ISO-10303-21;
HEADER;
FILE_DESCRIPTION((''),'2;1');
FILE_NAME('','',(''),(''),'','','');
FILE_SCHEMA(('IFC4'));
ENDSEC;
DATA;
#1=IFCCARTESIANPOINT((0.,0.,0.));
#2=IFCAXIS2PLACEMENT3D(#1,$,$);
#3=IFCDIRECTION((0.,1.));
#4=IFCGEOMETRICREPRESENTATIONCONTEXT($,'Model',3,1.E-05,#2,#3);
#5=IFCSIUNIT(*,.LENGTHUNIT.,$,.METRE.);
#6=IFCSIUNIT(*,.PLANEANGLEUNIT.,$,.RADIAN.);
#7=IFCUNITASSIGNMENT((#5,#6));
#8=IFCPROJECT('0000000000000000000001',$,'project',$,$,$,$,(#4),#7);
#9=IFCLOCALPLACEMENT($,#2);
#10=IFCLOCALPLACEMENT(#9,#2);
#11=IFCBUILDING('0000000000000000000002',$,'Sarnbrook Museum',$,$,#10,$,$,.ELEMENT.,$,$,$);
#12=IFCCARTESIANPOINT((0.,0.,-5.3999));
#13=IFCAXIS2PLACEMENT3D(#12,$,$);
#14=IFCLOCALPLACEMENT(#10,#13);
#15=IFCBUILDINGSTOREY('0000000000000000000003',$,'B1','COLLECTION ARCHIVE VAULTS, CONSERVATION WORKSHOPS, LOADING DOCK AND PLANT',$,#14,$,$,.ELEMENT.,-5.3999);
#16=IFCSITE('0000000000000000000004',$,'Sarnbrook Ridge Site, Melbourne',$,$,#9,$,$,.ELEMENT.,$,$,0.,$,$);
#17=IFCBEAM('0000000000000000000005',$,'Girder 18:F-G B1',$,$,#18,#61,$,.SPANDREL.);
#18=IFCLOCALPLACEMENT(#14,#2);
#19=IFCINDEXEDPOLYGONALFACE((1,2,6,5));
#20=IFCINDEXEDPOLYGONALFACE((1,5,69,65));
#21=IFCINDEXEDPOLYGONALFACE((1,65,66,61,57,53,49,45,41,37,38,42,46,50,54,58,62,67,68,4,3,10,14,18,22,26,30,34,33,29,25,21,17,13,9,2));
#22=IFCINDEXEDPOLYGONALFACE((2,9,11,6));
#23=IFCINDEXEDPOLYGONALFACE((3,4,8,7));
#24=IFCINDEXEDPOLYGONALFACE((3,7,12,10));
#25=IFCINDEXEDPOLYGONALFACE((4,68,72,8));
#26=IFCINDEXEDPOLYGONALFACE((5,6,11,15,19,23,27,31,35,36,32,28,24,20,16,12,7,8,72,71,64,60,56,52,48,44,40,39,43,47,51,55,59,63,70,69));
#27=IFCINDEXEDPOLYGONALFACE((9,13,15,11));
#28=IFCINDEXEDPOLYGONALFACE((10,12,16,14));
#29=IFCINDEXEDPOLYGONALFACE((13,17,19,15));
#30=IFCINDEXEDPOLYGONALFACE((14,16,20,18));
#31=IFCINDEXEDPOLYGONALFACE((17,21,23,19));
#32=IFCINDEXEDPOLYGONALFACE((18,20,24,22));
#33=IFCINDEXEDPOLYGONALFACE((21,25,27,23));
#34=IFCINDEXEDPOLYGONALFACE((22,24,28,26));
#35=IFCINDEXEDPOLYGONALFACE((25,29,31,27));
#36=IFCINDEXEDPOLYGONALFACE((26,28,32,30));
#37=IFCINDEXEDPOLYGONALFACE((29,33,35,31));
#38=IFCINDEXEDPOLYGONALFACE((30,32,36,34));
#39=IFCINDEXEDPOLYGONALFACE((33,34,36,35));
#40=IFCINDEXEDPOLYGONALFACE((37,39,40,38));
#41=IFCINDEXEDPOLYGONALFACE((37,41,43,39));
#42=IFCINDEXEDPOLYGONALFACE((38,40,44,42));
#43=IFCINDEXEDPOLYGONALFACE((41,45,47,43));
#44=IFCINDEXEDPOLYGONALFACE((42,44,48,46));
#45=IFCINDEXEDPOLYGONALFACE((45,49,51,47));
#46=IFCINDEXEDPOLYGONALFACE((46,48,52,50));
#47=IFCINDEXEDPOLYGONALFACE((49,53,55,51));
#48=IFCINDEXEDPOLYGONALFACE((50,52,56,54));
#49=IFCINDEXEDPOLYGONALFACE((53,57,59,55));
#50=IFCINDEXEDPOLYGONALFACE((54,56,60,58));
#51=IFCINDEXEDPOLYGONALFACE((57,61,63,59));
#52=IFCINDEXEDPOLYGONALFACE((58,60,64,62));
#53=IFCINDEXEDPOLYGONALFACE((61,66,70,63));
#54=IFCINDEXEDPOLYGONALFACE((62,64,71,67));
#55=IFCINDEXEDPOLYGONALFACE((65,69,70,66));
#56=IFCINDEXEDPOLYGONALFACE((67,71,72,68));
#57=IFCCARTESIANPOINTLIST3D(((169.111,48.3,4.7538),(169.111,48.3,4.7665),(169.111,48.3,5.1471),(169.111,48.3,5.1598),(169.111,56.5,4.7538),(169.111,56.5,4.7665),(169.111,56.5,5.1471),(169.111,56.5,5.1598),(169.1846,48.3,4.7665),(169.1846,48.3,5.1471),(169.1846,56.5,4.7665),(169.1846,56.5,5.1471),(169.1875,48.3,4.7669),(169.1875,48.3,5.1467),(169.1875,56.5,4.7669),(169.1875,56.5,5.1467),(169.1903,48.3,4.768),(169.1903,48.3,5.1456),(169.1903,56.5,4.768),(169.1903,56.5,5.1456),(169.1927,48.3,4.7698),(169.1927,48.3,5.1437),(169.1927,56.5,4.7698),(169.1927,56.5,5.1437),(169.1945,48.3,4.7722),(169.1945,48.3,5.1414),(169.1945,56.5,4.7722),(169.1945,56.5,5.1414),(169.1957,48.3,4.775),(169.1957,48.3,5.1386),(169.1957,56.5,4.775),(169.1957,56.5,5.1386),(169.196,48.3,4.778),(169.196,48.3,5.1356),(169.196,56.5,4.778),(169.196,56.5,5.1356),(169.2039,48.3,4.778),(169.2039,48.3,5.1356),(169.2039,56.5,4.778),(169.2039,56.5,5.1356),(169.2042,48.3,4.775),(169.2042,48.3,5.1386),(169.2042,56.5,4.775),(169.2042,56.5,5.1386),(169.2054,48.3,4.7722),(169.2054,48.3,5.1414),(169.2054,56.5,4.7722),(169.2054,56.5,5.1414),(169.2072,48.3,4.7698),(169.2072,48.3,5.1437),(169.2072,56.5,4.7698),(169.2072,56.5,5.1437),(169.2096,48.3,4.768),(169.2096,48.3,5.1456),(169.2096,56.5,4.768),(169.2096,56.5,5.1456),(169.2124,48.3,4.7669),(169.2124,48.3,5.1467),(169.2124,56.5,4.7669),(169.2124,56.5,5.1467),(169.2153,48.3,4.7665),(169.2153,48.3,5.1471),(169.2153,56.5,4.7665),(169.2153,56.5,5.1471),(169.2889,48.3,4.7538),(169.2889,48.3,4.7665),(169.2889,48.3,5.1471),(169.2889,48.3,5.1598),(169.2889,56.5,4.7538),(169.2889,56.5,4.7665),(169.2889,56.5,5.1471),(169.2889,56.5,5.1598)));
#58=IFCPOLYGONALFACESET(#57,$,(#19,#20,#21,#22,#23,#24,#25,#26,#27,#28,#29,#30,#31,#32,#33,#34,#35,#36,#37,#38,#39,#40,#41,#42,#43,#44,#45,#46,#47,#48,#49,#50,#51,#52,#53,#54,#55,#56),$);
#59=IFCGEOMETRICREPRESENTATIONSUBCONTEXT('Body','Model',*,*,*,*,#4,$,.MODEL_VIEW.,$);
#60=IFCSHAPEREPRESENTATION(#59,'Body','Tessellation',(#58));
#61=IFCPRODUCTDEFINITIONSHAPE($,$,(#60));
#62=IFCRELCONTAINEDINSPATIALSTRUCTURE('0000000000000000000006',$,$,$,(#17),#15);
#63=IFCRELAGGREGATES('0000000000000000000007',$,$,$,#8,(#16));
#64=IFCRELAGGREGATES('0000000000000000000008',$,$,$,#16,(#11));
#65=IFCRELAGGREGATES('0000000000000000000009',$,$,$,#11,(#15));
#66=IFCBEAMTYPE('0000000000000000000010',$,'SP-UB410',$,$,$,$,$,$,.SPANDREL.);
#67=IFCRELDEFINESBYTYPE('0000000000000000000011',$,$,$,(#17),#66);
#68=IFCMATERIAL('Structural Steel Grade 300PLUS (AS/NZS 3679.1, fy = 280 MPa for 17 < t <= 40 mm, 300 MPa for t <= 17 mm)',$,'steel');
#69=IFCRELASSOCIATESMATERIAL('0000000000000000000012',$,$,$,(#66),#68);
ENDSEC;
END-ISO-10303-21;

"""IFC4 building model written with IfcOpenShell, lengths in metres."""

from ifc_helpers import new_model, si_unit, direction, frame, origin, origin_2d, place, context, subcontext, project, spatial, i_section, extrude, material, material_profile, profile_set, type_object, element, save


model = new_model("IFC4")

# Units and contexts
model_context = context("Model", 3, precision=1e-05, world=origin(), true_north=direction((0.0, 1.0)))
body_context = subcontext(model_context, "Body", "Model", "MODEL_VIEW")
ifc_project = project(units=[si_unit("LENGTHUNIT", "METRE"), si_unit("PLANEANGLEUNIT", "RADIAN")], contexts=[model_context])

# Site, building, storey
site_placement = place(None, origin())
site = spatial("IfcSite", under=ifc_project, at=site_placement, Name="Sarnbrook Ridge Site, Melbourne", CompositionType="ELEMENT", RefElevation=0.0)
building_placement = place(site_placement, origin())
building = spatial("IfcBuilding", under=site, at=building_placement, Name="Sarnbrook Museum", CompositionType="ELEMENT")
storey_placement = place(building_placement, frame((0.0, 0.0, -5.3999)))
storey = spatial("IfcBuildingStorey", under=building, at=storey_placement, Name="B1", Description="COLLECTION ARCHIVE VAULTS, CONSERVATION WORKSHOPS, LOADING DOCK AND PLANT", CompositionType="ELEMENT", Elevation=-5.3999)

# Beam
ifc_material_1 = material(Name="Structural Steel Grade 300PLUS (AS/NZS 3679.1, fy = 280 MPa for 17 < t <= 40 mm, 300 MPa for t <= 17 mm)", Category="steel")
ifc_material_profile_1 = material_profile(ifc_material_1, i_section(OverallWidth=0.178, OverallDepth=0.406, WebThickness=0.0078, FlangeThickness=0.0127, FilletRadius=0.0115, at=origin_2d()), Name="410UB59.7")
ifc_profile_set_1 = profile_set([ifc_material_profile_1], Name="Structural Steel Grade 300PLUS (AS/NZS 3679.1, fy = 280 MPa for 17 < t <= 40 mm, 300 MPa for t <= 17 mm)")
beam_type_1 = type_object("IfcBeamType", Name="SP-UB410", PredefinedType="SPANDREL", material=ifc_profile_set_1)
beam_placement = place(storey_placement, frame((169.2, 48.3, 4.9568), z_axis=(0.0, 1.0, 0.0), x_axis=(-1.0, 0.0, 0.0)))
element("IfcBeam", 1, at=beam_placement, inside=storey, type_object=beam_type_1, Name="Girder 18:F-G B1", PredefinedType="SPANDREL", context=body_context, shape_type="SweptSolid", body=[
    extrude(i_section(OverallWidth=0.178, OverallDepth=0.406, WebThickness=0.0078, FlangeThickness=0.0127, FilletRadius=0.0115, at=origin_2d()), origin(), (0.0, 0.0, 1.0), 8.2),
])

save(model, "model.ifc")
